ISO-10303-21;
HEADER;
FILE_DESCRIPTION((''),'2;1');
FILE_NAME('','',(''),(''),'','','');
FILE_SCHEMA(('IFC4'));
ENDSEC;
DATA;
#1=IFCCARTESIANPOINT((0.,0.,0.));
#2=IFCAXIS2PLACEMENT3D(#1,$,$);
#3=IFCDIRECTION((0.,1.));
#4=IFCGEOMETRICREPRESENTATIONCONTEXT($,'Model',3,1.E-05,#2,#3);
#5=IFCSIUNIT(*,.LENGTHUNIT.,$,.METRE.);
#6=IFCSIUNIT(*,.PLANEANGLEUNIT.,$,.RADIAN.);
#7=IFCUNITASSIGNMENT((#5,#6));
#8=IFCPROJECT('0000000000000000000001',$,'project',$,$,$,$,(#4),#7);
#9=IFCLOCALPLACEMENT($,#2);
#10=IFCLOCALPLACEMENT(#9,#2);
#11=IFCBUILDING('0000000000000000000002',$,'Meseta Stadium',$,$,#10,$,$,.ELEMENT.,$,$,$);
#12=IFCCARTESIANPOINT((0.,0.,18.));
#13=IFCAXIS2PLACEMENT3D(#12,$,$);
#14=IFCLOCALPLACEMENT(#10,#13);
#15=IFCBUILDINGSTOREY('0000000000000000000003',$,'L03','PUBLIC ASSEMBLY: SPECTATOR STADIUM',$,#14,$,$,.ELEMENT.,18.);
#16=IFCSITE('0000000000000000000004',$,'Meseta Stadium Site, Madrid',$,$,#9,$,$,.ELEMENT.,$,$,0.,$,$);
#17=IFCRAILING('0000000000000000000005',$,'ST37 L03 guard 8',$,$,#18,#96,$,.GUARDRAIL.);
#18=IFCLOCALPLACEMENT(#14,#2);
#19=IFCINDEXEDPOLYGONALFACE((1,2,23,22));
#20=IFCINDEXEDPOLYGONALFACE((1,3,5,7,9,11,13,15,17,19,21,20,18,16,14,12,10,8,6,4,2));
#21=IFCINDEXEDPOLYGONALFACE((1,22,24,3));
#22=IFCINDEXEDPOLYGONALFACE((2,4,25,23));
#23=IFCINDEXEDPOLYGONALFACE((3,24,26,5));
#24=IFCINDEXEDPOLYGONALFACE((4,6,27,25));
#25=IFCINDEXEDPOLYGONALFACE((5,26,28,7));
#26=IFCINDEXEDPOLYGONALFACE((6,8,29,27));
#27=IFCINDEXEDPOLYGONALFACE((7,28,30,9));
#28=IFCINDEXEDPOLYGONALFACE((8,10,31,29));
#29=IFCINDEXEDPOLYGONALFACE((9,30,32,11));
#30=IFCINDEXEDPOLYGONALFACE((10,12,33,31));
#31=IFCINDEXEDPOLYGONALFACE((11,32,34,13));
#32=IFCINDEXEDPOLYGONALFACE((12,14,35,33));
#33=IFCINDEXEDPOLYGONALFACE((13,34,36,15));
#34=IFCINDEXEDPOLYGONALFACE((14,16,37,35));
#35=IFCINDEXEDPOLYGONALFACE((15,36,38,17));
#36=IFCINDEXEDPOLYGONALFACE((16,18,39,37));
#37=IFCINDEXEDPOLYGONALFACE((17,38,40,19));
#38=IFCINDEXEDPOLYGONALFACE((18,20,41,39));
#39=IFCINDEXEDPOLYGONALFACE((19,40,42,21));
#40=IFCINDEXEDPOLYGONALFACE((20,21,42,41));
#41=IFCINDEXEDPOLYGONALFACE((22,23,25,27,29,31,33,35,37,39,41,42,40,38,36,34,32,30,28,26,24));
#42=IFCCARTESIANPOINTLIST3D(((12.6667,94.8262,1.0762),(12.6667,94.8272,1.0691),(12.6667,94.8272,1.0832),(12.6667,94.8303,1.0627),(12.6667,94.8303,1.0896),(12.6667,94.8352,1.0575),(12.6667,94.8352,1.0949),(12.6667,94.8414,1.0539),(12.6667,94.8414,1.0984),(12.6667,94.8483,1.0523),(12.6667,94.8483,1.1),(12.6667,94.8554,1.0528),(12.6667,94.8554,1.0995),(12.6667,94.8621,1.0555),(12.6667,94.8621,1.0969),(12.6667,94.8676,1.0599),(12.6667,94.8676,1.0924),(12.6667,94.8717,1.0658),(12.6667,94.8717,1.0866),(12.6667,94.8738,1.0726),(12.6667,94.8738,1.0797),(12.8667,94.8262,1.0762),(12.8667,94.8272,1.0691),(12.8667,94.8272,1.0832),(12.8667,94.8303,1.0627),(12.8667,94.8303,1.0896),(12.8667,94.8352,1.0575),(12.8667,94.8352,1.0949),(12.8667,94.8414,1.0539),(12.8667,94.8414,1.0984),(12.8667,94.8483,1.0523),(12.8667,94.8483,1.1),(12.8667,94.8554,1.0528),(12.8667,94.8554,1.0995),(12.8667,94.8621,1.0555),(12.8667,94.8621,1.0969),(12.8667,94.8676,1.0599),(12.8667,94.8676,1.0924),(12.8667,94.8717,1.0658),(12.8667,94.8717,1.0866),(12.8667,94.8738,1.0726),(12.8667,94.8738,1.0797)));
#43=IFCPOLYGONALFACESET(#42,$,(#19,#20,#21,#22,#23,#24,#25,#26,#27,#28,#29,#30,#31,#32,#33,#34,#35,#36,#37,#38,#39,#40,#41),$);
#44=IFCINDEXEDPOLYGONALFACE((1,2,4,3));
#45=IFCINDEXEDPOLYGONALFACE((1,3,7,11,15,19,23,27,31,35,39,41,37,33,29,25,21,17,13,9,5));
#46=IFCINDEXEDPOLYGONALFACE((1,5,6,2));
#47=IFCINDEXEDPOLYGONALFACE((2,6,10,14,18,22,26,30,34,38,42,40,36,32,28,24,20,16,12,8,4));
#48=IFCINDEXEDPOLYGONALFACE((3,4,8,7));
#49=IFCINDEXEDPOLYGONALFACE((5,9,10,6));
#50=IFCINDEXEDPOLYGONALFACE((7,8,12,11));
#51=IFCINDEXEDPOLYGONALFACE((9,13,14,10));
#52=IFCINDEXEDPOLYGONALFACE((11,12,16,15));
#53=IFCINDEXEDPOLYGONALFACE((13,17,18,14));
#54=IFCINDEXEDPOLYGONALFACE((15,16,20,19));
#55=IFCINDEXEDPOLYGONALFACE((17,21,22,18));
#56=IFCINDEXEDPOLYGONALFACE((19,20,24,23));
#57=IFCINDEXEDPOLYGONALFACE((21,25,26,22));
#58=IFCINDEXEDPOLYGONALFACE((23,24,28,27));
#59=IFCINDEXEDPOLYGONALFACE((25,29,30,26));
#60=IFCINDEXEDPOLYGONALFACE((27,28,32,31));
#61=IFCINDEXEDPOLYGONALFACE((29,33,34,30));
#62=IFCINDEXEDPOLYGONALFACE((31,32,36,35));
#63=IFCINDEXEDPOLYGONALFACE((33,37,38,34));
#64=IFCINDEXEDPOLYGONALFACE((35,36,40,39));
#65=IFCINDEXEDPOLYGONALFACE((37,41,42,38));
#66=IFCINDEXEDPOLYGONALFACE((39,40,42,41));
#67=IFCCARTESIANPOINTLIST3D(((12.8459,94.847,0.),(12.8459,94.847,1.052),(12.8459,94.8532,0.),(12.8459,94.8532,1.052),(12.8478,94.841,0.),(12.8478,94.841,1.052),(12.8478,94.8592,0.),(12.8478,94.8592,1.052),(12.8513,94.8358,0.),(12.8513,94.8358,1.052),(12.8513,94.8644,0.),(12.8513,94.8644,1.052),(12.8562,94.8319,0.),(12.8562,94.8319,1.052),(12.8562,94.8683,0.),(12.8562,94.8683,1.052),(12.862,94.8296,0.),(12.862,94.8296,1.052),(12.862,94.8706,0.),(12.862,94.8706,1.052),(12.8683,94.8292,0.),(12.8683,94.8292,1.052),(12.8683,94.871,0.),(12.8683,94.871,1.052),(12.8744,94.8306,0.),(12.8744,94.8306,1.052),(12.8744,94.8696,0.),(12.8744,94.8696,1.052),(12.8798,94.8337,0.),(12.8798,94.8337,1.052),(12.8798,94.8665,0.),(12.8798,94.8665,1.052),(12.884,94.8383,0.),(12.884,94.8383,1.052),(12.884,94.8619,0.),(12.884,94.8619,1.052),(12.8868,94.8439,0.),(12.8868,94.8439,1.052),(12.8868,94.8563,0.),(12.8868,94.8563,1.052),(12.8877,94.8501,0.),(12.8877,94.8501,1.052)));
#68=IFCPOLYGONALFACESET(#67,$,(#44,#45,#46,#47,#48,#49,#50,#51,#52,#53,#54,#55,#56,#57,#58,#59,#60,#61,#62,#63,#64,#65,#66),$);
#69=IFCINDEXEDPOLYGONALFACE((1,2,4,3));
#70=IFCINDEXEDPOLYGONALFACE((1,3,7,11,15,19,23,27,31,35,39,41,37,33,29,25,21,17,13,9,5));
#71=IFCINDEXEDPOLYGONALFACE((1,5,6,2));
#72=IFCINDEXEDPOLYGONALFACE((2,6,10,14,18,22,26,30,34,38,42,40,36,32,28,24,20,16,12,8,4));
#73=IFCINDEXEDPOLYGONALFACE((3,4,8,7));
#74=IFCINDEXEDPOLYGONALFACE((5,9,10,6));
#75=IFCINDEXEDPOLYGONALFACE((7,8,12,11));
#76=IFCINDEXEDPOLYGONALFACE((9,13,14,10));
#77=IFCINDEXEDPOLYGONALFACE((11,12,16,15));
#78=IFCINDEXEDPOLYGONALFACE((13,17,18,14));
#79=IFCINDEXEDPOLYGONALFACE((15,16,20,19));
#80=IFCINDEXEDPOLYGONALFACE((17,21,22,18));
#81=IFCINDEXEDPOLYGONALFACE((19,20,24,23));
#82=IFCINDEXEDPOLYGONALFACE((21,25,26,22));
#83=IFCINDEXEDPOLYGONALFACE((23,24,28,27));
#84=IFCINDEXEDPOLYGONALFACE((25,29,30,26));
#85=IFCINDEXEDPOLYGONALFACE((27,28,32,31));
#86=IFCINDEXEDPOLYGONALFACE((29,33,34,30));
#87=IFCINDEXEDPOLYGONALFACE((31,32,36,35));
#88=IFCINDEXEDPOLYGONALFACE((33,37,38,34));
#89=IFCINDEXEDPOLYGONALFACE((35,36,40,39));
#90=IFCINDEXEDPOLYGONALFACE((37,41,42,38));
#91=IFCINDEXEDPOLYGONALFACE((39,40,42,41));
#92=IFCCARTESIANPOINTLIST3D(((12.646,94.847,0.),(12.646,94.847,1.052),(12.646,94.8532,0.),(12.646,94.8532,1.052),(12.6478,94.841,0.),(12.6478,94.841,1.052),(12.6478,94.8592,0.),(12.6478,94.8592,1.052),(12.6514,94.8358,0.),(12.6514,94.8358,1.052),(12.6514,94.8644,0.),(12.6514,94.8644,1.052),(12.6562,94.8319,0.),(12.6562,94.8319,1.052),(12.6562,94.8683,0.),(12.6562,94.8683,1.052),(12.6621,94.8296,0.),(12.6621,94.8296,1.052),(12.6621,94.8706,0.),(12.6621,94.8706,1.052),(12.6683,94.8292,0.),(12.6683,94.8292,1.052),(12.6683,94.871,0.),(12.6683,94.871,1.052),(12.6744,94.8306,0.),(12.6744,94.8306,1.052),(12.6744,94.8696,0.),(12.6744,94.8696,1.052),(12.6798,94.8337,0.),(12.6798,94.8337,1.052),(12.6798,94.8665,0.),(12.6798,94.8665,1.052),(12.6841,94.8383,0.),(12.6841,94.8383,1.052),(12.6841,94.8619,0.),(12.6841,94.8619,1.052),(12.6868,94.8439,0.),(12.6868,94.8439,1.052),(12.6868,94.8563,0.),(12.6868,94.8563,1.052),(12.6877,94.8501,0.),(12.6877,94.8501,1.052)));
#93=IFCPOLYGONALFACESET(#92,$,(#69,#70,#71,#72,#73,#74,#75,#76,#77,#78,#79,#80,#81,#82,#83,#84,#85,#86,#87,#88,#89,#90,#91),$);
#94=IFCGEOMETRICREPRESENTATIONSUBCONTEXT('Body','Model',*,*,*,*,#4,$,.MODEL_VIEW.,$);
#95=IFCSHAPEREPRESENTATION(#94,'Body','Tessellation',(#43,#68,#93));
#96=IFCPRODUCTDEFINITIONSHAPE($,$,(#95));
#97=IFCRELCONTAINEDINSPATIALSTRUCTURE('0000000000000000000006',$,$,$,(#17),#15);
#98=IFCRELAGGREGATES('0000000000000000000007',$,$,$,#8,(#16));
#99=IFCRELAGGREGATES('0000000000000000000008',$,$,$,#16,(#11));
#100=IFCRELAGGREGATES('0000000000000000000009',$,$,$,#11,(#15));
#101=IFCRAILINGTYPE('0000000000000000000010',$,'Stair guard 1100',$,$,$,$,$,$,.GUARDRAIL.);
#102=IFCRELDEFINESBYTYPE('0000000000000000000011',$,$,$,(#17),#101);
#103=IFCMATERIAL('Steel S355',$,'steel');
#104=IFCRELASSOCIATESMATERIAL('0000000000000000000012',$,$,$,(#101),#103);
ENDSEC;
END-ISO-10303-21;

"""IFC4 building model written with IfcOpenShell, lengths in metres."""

from ifc_helpers import new_model, si_unit, direction, frame, origin, origin_2d, place, context, subcontext, project, spatial, circle, extrude, material, type_object, element, save


model = new_model("IFC4")

# Units and contexts
model_context = context("Model", 3, precision=1e-05, world=origin(), true_north=direction((0.0, 1.0)))
body_context = subcontext(model_context, "Body", "Model", "MODEL_VIEW")
ifc_project = project(units=[si_unit("LENGTHUNIT", "METRE"), si_unit("PLANEANGLEUNIT", "RADIAN")], contexts=[model_context])

# Site, building, storey
site_placement = place(None, origin())
site = spatial("IfcSite", under=ifc_project, at=site_placement, Name="Meseta Stadium Site, Madrid", CompositionType="ELEMENT", RefElevation=0.0)
building_placement = place(site_placement, origin())
building = spatial("IfcBuilding", under=site, at=building_placement, Name="Meseta Stadium", CompositionType="ELEMENT")
storey_placement = place(building_placement, frame((0.0, 0.0, 18.0)))
storey = spatial("IfcBuildingStorey", under=building, at=storey_placement, Name="L03", Description="PUBLIC ASSEMBLY: SPECTATOR STADIUM", CompositionType="ELEMENT", Elevation=18.0)

# Railing
ifc_material_1 = material(Name="Steel S355", Category="steel")
railing_type_1 = type_object("IfcRailingType", Name="Stair guard 1100", PredefinedType="GUARDRAIL", material=ifc_material_1)
for number, where, name in (
    (1, (12.8667, 94.8501, 0.0), "ST37 L03 guard 8"),
):
    element("IfcRailing", number, at=place(storey_placement, frame(where)), inside=storey, type_object=railing_type_1, Name=name, PredefinedType="GUARDRAIL", context=body_context, shape_type="SweptSolid", body=[
        extrude(circle(Radius=0.0239, at=origin_2d()), frame((0.0, 0.0, 1.0762), z_axis=(-1.0, 0.0, 0.0), x_axis=(0.0, -1.0, 0.0)), (0.0, 0.0, 1.0), 0.2),
        extrude(circle(Radius=0.021, at=origin_2d()), origin(), (0.0, 0.0, 1.0), 1.052),
        extrude(circle(Radius=0.021, at=origin_2d()), frame((-0.2, 0.0, 0.0)), (0.0, 0.0, 1.0), 1.052),
    ])

save(model, "model.ifc")
